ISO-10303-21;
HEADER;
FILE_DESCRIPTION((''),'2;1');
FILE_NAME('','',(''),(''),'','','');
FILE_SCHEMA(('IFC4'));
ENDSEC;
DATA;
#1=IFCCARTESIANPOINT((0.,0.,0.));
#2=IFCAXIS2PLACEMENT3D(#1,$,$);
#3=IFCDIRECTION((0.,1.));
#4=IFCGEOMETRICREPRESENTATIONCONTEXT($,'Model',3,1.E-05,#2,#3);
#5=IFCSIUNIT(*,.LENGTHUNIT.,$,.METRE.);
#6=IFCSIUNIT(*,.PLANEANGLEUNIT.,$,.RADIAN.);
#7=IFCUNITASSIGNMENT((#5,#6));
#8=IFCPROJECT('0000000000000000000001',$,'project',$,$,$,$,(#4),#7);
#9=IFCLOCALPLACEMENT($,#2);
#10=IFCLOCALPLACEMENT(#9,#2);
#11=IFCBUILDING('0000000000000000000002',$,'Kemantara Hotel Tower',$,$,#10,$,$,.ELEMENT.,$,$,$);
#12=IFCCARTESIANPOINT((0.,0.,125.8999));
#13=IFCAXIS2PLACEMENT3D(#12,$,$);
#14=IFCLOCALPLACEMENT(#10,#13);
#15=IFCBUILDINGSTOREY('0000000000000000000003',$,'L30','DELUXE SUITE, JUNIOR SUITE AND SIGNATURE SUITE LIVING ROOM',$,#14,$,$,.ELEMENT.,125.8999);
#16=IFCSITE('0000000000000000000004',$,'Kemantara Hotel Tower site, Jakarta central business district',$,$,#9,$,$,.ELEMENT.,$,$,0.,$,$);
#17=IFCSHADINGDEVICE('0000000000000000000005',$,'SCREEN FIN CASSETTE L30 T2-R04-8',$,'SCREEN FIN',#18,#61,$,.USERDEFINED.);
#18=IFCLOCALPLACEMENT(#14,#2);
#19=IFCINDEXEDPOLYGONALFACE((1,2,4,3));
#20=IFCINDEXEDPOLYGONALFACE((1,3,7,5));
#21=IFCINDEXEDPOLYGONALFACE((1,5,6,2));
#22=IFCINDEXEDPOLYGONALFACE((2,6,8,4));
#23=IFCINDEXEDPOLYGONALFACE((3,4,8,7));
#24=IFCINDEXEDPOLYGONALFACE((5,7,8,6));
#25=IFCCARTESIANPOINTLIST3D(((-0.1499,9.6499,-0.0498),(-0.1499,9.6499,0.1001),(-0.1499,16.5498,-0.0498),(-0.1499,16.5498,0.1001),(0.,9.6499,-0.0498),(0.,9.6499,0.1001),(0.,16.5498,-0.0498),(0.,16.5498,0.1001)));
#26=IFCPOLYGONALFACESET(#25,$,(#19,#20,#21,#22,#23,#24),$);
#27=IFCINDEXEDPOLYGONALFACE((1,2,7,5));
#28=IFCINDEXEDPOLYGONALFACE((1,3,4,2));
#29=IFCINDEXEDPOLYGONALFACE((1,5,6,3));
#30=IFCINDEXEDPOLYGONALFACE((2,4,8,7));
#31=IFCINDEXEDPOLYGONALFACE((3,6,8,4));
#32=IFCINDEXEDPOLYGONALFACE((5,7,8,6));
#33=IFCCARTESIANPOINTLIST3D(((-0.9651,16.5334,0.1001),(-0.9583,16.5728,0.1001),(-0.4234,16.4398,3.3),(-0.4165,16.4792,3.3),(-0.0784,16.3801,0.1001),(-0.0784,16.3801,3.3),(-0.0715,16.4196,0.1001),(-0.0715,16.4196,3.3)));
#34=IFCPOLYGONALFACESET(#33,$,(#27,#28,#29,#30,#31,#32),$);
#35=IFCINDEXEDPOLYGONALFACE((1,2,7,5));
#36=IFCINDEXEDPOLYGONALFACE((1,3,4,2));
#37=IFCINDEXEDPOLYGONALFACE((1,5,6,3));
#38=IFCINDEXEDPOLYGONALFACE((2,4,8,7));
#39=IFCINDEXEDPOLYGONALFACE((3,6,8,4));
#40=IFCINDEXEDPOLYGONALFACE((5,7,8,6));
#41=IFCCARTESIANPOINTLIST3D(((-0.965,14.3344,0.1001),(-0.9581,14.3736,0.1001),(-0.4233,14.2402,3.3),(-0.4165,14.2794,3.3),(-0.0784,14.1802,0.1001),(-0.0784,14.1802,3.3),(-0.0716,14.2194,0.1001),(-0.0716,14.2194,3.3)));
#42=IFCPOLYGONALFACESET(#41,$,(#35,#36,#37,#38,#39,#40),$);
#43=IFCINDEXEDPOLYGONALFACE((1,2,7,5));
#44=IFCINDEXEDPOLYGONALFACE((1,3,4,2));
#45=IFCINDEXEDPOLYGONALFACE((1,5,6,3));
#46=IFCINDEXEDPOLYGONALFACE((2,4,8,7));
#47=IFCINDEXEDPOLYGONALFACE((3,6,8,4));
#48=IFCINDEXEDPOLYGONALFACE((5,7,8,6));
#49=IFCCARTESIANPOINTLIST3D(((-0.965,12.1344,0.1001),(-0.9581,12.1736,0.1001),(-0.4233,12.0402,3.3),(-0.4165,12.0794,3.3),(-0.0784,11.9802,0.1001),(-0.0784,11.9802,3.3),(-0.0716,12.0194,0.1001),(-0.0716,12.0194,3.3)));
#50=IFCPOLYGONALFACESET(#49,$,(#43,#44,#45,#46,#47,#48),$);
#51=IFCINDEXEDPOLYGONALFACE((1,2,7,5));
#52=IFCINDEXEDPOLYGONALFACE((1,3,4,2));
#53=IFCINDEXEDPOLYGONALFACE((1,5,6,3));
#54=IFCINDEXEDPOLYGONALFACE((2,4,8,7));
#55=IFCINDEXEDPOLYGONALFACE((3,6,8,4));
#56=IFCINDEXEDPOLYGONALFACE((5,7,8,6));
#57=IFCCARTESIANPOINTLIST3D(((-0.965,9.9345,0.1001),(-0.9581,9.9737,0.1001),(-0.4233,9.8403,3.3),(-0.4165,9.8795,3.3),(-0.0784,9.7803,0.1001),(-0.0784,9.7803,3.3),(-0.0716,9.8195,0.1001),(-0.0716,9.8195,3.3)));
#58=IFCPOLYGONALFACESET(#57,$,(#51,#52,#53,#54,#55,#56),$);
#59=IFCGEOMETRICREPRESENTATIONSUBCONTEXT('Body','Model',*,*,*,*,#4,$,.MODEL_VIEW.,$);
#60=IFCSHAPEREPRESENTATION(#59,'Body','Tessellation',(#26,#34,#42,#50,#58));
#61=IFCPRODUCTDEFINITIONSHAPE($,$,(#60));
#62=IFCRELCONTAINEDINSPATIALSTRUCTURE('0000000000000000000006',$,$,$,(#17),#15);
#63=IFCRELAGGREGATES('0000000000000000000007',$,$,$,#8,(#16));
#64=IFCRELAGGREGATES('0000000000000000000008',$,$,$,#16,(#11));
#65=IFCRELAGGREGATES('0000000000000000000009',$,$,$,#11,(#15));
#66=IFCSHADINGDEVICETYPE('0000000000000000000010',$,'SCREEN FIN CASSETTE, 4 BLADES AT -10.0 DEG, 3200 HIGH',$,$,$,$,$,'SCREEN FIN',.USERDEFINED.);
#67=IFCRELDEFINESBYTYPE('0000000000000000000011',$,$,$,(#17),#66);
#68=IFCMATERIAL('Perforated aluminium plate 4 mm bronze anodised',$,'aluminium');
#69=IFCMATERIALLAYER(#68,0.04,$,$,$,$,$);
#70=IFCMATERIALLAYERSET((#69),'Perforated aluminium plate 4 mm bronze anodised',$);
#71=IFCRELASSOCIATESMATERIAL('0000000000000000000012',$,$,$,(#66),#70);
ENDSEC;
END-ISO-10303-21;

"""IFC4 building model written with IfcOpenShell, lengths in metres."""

from ifc_helpers import new_model, si_unit, direction, frame, origin, origin_2d, place, context, subcontext, project, spatial, polyline, rectangle, outline, extrude, source, transform, mapped, material, layer, layer_set, type_object, element, save


model = new_model("IFC4")

# Units and contexts
model_context = context("Model", 3, precision=1e-05, world=origin(), true_north=direction((0.0, 1.0)))
body_context = subcontext(model_context, "Body", "Model", "MODEL_VIEW")
ifc_project = project(units=[si_unit("LENGTHUNIT", "METRE"), si_unit("PLANEANGLEUNIT", "RADIAN")], contexts=[model_context])

# Site, building, storey
site_placement = place(None, origin())
site = spatial("IfcSite", under=ifc_project, at=site_placement, Name="Kemantara Hotel Tower site, Jakarta central business district", CompositionType="ELEMENT", RefElevation=0.0)
building_placement = place(site_placement, origin())
building = spatial("IfcBuilding", under=site, at=building_placement, Name="Kemantara Hotel Tower", CompositionType="ELEMENT")
storey_placement = place(building_placement, frame((0.0, 0.0, 125.8999)))
storey = spatial("IfcBuildingStorey", under=building, at=storey_placement, Name="L30", Description="DELUXE SUITE, JUNIOR SUITE AND SIGNATURE SUITE LIVING ROOM", CompositionType="ELEMENT", Elevation=125.8999)

# Shading device
ifc_material_1 = material(Name="Perforated aluminium plate 4 mm bronze anodised", Category="aluminium")
ifc_layer_1 = layer(ifc_material_1, 0.04)
ifc_layer_set_1 = layer_set([ifc_layer_1], Name="Perforated aluminium plate 4 mm bronze anodised")
shading_device_type = type_object("IfcShadingDeviceType", Name="SCREEN FIN CASSETTE, 4 BLADES AT -10.0 DEG, 3200 HIGH", ElementType="SCREEN FIN", PredefinedType="USERDEFINED", material=ifc_layer_set_1)
shared_shape = source(origin(), body_context, "Body", "SweptSolid", [
    extrude(rectangle(XDim=6.8999, YDim=0.1499, at=origin_2d()), frame((3.3, -0.075, -0.1499), z_axis=(0.0, 0.0, 1.0), x_axis=(1.0, 0.0, 0.0)), (0.0, 0.0, 1.0), 0.1499),
    extrude(outline(polyline([(0.0, 0.0), (0.8999, 0.0), (0.3501, 3.2), (0.0, 3.2), (0.0, 0.0)])), frame((0.0198, -0.0784, 0.0), z_axis=(-0.98539, 0.170314, 0.0), x_axis=(-0.170314, -0.98539, 0.0)), (0.0, 0.0, 1.0), 0.04),
    extrude(outline(polyline([(0.0, 0.0), (0.8999, 0.0), (0.3501, 3.2), (0.0, 3.2), (0.0, 0.0)])), frame((2.2197, -0.0784, 0.0), z_axis=(-0.985212, 0.171341, 0.0), x_axis=(-0.171341, -0.985212, 0.0)), (0.0, 0.0, 1.0), 0.0398),
    extrude(outline(polyline([(0.0, 0.0), (0.8999, 0.0), (0.3501, 3.2), (0.0, 3.2), (0.0, 0.0)])), frame((4.4197, -0.0784, 0.0), z_axis=(-0.985212, 0.171341, 0.0), x_axis=(-0.171341, -0.985212, 0.0)), (0.0, 0.0, 1.0), 0.0398),
    extrude(outline(polyline([(0.0, 0.0), (0.8999, 0.0), (0.3501, 3.2), (0.0, 3.2), (0.0, 0.0)])), frame((6.6196, -0.0784, 0.0), z_axis=(-0.985212, 0.171341, 0.0), x_axis=(-0.171341, -0.985212, 0.0)), (0.0, 0.0, 1.0), 0.0398),
])
shading_device_placement = place(storey_placement, frame((0.0, 16.3999, 0.1001), z_axis=(0.0, 0.0, 1.0), x_axis=(0.0, -1.0, 0.0)))
element("IfcShadingDevice", 1, at=shading_device_placement, inside=storey, type_object=shading_device_type, Name="SCREEN FIN CASSETTE L30 T2-R04-8", ObjectType="SCREEN FIN", PredefinedType="USERDEFINED", context=body_context, shape_type="MappedRepresentation", body=[
    mapped(shared_shape, transform((0.0, 0.0, 0.0))),
])

save(model, "model.ifc")
